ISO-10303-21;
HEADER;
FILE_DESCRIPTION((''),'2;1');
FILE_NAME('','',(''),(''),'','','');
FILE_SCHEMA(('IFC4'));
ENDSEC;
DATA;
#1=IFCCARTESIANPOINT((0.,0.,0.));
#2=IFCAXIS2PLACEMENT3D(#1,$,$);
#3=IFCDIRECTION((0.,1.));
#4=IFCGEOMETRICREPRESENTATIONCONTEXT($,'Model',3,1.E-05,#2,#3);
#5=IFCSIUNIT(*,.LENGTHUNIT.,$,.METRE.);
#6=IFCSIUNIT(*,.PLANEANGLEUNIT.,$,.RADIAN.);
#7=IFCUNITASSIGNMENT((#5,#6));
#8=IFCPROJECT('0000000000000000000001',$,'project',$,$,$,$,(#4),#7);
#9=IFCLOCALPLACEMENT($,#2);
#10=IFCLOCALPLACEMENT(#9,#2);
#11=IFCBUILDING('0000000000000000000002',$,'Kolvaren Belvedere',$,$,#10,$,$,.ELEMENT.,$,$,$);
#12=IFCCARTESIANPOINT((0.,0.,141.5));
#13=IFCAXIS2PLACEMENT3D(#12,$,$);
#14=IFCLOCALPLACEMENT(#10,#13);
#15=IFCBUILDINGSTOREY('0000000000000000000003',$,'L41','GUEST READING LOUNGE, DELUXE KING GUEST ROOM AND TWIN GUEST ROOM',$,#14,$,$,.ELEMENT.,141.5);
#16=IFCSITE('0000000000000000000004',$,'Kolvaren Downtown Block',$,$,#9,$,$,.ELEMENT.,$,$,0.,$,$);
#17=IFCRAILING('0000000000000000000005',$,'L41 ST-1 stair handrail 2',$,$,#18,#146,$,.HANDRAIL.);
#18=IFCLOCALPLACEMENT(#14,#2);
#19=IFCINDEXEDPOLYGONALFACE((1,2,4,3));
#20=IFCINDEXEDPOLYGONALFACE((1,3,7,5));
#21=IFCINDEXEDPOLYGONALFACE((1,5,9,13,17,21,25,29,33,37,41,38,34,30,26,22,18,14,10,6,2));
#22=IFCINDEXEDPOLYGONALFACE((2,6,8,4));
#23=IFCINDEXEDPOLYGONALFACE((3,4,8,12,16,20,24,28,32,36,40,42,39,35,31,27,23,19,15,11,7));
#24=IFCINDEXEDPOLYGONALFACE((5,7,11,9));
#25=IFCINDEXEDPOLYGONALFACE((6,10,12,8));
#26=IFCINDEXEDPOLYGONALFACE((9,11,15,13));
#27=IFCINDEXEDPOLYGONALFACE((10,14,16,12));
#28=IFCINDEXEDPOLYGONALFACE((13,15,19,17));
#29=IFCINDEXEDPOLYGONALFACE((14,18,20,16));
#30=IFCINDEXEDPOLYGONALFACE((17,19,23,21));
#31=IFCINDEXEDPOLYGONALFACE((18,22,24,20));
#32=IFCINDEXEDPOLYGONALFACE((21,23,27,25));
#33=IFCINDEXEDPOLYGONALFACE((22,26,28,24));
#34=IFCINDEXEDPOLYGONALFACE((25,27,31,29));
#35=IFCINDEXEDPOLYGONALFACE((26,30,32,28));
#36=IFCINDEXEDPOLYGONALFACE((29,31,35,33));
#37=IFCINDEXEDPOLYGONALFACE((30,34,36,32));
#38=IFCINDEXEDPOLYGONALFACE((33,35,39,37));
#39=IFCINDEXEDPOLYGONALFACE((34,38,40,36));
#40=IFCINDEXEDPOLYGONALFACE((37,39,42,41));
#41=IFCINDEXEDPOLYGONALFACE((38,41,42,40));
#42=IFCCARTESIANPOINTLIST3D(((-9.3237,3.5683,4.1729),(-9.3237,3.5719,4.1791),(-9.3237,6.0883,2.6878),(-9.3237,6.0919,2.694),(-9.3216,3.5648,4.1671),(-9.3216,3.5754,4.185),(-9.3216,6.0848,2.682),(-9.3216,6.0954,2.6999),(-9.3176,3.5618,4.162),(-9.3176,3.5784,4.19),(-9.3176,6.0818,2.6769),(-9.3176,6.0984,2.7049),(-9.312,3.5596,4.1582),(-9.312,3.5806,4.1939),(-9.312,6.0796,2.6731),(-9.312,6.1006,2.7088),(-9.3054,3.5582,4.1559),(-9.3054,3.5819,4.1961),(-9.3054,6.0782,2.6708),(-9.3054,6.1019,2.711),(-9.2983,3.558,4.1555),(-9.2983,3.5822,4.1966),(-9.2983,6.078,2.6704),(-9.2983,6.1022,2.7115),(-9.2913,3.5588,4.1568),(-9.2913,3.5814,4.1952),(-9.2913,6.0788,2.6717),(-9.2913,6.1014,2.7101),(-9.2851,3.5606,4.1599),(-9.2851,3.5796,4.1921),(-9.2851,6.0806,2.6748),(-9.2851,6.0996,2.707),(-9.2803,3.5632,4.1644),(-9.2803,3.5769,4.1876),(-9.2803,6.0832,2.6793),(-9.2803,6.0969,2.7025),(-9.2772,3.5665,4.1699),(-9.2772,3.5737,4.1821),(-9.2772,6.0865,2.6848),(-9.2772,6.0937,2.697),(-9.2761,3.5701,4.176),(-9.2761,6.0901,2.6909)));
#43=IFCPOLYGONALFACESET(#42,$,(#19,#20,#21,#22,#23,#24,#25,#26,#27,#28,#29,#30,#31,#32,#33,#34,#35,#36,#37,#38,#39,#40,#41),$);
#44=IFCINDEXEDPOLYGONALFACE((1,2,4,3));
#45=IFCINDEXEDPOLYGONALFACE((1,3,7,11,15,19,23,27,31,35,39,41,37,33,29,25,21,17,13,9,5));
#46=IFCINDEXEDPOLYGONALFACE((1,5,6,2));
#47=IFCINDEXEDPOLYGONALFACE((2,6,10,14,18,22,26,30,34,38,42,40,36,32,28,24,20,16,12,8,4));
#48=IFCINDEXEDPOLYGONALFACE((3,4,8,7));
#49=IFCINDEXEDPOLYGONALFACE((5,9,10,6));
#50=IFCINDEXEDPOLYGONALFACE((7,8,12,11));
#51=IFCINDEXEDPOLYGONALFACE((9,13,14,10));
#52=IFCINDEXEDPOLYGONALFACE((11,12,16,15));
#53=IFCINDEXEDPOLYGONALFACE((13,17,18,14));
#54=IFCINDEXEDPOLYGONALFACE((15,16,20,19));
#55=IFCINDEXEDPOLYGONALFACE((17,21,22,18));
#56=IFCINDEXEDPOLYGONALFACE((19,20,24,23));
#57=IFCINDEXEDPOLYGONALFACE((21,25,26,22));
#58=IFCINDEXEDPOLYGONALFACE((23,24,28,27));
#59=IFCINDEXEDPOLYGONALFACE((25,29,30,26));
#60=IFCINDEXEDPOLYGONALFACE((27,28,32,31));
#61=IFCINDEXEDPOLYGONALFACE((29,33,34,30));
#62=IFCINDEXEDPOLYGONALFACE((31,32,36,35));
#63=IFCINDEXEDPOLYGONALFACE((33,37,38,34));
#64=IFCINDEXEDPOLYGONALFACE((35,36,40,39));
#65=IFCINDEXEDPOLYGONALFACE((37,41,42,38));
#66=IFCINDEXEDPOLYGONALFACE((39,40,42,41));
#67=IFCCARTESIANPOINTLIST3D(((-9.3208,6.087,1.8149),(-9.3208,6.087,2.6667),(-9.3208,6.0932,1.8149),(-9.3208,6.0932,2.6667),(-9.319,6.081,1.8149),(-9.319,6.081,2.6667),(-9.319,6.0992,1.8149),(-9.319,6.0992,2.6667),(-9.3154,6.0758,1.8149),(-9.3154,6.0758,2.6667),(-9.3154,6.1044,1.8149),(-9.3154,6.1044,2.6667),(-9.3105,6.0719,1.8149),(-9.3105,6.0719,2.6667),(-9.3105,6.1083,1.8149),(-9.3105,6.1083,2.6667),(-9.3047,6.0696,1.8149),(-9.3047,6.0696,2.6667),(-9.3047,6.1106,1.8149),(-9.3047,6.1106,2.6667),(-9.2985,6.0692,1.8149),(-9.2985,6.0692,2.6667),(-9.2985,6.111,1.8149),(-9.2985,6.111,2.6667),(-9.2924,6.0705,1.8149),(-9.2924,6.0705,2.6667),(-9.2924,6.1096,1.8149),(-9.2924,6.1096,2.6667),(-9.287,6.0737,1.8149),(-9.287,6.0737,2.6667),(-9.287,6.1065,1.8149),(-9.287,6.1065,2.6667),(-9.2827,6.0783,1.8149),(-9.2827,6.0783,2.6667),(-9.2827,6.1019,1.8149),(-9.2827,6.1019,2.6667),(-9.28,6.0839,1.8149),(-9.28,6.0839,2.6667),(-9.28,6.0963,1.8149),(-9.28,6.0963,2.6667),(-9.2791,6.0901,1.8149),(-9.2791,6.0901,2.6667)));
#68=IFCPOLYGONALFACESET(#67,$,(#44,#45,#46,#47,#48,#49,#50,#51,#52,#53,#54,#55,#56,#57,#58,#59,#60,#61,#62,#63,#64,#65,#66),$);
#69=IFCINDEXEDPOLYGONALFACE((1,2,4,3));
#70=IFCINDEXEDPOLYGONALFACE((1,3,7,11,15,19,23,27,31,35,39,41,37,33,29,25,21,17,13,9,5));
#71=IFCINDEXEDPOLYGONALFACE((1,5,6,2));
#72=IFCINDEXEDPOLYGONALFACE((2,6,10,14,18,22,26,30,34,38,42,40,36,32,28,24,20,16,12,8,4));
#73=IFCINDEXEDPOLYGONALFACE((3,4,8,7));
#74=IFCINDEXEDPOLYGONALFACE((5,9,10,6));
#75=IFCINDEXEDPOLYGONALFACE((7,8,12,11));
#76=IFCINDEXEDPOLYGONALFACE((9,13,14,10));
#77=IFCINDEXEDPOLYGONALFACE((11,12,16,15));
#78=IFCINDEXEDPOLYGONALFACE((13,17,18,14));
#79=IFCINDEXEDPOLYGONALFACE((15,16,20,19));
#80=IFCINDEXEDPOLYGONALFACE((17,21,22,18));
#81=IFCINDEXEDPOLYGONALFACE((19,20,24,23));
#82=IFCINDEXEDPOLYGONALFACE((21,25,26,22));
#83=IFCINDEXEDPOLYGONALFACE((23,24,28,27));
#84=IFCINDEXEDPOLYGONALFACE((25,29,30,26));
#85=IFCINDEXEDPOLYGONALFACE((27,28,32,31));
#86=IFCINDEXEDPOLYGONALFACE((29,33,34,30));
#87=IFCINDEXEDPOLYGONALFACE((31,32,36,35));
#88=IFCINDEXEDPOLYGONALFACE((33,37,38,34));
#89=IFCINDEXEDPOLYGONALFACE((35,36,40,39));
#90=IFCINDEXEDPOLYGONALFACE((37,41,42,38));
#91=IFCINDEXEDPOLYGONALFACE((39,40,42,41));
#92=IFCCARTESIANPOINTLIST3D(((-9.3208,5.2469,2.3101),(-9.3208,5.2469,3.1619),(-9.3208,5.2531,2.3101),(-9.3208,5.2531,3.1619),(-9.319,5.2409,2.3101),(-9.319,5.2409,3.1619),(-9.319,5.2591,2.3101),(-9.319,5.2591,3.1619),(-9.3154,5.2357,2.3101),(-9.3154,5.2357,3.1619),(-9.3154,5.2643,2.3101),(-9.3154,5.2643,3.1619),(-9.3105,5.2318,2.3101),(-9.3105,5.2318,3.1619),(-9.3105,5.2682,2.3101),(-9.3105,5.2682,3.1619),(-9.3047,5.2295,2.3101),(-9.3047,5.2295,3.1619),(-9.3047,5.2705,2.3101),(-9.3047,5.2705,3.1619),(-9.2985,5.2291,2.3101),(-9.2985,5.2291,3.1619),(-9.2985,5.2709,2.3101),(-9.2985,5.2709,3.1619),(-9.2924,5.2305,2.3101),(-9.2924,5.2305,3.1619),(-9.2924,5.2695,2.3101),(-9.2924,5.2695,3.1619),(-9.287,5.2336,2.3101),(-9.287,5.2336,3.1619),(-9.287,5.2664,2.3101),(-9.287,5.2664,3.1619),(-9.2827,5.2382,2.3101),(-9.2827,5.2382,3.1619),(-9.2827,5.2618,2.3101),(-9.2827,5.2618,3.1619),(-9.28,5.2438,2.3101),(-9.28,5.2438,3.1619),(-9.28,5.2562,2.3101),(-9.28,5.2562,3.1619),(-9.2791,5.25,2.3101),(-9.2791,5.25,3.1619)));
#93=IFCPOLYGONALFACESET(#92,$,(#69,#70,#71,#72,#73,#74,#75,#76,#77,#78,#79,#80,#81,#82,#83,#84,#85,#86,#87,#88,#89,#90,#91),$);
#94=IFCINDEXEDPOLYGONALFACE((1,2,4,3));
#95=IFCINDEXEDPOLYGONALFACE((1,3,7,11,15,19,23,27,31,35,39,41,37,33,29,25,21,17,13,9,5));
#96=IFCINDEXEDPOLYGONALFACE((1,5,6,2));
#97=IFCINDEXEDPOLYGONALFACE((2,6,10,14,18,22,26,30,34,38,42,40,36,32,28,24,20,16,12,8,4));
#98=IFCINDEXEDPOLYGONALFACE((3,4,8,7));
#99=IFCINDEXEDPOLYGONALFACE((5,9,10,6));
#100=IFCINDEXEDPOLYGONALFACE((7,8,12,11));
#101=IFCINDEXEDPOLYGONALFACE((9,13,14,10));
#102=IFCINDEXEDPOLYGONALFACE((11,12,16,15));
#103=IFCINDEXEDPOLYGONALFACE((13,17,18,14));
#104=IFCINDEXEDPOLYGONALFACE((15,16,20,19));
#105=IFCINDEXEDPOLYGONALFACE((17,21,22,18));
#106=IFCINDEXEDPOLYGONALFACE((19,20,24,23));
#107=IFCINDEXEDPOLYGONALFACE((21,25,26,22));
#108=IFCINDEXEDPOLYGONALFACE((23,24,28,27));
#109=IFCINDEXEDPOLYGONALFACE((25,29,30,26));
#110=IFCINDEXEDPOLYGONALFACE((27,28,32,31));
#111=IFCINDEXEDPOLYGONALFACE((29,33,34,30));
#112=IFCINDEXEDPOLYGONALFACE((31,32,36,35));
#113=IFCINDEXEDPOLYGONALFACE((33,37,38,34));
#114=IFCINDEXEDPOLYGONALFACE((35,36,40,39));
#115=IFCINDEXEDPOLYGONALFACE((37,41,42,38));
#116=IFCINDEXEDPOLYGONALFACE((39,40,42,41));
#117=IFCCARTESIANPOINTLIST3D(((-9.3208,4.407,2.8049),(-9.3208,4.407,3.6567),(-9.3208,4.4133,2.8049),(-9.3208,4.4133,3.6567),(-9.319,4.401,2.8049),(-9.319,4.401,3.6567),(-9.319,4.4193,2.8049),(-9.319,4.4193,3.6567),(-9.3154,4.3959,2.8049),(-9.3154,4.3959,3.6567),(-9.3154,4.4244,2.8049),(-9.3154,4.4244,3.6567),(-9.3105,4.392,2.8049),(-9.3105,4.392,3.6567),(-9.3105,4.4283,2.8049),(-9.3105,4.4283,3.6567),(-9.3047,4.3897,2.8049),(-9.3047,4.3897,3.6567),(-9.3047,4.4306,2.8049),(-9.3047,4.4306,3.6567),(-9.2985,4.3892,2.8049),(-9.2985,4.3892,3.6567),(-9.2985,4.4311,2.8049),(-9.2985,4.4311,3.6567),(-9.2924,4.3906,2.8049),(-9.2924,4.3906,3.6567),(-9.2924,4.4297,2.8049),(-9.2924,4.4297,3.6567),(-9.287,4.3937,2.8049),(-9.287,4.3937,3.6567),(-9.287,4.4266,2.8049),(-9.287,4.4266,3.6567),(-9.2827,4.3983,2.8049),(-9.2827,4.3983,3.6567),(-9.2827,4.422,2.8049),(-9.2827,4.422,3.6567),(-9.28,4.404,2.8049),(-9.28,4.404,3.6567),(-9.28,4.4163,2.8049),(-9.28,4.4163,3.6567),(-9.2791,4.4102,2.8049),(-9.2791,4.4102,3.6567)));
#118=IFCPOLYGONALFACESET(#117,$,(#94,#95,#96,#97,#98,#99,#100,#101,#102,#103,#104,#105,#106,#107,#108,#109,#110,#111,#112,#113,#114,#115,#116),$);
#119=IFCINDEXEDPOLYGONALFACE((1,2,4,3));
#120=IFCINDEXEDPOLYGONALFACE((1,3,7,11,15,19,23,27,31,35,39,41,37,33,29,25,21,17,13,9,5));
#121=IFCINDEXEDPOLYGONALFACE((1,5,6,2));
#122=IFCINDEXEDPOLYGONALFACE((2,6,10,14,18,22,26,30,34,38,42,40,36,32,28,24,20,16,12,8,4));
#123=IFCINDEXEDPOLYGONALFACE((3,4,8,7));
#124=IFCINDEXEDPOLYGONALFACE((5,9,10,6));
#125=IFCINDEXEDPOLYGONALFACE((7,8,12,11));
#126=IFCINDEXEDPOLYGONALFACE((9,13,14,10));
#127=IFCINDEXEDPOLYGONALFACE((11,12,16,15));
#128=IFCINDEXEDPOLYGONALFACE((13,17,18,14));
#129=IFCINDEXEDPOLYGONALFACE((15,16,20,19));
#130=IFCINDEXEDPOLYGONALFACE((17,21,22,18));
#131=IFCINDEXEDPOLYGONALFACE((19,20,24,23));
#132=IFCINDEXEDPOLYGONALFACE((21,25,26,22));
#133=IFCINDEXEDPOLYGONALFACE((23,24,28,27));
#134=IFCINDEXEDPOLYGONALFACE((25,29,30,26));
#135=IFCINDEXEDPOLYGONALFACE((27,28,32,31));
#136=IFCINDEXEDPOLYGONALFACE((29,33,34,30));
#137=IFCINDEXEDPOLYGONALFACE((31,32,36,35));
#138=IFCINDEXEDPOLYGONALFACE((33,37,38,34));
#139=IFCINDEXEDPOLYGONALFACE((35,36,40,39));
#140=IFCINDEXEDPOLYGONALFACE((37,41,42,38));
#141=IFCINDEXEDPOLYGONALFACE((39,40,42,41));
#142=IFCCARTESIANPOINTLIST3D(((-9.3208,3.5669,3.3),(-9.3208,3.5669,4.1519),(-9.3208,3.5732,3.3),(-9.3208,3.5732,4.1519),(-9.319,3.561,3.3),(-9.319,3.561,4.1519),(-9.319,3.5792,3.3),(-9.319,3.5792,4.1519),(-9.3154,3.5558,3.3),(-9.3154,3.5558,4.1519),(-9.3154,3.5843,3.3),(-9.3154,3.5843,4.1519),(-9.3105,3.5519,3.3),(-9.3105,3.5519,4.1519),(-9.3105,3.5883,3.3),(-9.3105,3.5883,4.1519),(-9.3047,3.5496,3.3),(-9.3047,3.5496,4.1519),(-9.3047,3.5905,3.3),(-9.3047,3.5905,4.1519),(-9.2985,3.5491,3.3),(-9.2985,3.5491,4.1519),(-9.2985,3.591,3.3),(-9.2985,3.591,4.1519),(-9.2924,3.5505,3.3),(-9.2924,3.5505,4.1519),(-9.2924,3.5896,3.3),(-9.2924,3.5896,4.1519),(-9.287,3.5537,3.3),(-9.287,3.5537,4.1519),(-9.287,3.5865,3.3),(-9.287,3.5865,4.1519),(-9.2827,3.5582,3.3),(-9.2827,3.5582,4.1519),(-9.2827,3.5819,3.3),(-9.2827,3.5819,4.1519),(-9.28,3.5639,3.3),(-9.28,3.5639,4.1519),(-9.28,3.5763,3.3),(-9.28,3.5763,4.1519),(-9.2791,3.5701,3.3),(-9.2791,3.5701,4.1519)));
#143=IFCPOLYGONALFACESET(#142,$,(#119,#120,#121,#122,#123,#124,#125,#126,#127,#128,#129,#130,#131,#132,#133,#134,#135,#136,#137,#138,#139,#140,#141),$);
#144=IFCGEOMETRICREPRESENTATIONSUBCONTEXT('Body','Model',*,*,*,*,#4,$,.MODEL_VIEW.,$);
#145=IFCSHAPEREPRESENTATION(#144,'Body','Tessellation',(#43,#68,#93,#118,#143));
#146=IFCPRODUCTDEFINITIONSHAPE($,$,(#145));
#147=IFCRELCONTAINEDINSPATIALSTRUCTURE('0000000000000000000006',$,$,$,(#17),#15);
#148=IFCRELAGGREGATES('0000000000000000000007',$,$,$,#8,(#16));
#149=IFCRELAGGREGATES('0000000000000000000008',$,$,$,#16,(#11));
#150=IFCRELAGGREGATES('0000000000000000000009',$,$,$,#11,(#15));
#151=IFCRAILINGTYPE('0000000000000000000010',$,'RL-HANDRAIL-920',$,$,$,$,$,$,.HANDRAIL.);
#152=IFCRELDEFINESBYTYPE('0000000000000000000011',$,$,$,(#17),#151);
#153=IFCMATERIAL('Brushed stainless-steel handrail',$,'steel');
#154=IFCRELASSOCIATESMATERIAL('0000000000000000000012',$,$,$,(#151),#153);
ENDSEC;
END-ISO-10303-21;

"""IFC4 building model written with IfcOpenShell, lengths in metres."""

from ifc_helpers import new_model, si_unit, direction, frame, origin, origin_2d, place, context, subcontext, project, spatial, circle, extrude, material, type_object, element, save


model = new_model("IFC4")

# Units and contexts
model_context = context("Model", 3, precision=1e-05, world=origin(), true_north=direction((0.0, 1.0)))
body_context = subcontext(model_context, "Body", "Model", "MODEL_VIEW")
ifc_project = project(units=[si_unit("LENGTHUNIT", "METRE"), si_unit("PLANEANGLEUNIT", "RADIAN")], contexts=[model_context])

# Site, building, storey
site_placement = place(None, origin())
site = spatial("IfcSite", under=ifc_project, at=site_placement, Name="Kolvaren Downtown Block", CompositionType="ELEMENT", RefElevation=0.0)
building_placement = place(site_placement, origin())
building = spatial("IfcBuilding", under=site, at=building_placement, Name="Kolvaren Belvedere", CompositionType="ELEMENT")
storey_placement = place(building_placement, frame((0.0, 0.0, 141.5)))
storey = spatial("IfcBuildingStorey", under=building, at=storey_placement, Name="L41", Description="GUEST READING LOUNGE, DELUXE KING GUEST ROOM AND TWIN GUEST ROOM", CompositionType="ELEMENT", Elevation=141.5)

# Railing
ifc_material_1 = material(Name="Brushed stainless-steel handrail", Category="steel")
railing_type_1 = type_object("IfcRailingType", Name="RL-HANDRAIL-920", PredefinedType="HANDRAIL", material=ifc_material_1)
railing_1_placement = place(storey_placement, frame((-9.3, 6.0901, 1.8149)))
element("IfcRailing", 1, at=railing_1_placement, inside=storey, type_object=railing_type_1, Name="L41 ST-1 stair handrail 2", PredefinedType="HANDRAIL", context=body_context, shape_type="SweptSolid", body=[
    extrude(circle(Radius=0.0239, at=origin_2d()), frame((0.0, 0.0, 0.876), z_axis=(0.0, -0.861524, 0.507717), x_axis=(1.0, 0.0, 0.0)), (0.0, 0.0, 1.0), 2.925),
    extrude(circle(Radius=0.021, at=origin_2d()), origin(), (0.0, 0.0, 1.0), 0.8518),
    extrude(circle(Radius=0.021, at=origin_2d()), frame((0.0, -0.8401, 0.4951)), (0.0, 0.0, 1.0), 0.8518),
    extrude(circle(Radius=0.021, at=origin_2d()), frame((0.0, -1.6799, 0.99)), (0.0, 0.0, 1.0), 0.8518),
    extrude(circle(Radius=0.021, at=origin_2d()), frame((0.0, -2.52, 1.4851)), (0.0, 0.0, 1.0), 0.8518),
])

save(model, "model.ifc")
